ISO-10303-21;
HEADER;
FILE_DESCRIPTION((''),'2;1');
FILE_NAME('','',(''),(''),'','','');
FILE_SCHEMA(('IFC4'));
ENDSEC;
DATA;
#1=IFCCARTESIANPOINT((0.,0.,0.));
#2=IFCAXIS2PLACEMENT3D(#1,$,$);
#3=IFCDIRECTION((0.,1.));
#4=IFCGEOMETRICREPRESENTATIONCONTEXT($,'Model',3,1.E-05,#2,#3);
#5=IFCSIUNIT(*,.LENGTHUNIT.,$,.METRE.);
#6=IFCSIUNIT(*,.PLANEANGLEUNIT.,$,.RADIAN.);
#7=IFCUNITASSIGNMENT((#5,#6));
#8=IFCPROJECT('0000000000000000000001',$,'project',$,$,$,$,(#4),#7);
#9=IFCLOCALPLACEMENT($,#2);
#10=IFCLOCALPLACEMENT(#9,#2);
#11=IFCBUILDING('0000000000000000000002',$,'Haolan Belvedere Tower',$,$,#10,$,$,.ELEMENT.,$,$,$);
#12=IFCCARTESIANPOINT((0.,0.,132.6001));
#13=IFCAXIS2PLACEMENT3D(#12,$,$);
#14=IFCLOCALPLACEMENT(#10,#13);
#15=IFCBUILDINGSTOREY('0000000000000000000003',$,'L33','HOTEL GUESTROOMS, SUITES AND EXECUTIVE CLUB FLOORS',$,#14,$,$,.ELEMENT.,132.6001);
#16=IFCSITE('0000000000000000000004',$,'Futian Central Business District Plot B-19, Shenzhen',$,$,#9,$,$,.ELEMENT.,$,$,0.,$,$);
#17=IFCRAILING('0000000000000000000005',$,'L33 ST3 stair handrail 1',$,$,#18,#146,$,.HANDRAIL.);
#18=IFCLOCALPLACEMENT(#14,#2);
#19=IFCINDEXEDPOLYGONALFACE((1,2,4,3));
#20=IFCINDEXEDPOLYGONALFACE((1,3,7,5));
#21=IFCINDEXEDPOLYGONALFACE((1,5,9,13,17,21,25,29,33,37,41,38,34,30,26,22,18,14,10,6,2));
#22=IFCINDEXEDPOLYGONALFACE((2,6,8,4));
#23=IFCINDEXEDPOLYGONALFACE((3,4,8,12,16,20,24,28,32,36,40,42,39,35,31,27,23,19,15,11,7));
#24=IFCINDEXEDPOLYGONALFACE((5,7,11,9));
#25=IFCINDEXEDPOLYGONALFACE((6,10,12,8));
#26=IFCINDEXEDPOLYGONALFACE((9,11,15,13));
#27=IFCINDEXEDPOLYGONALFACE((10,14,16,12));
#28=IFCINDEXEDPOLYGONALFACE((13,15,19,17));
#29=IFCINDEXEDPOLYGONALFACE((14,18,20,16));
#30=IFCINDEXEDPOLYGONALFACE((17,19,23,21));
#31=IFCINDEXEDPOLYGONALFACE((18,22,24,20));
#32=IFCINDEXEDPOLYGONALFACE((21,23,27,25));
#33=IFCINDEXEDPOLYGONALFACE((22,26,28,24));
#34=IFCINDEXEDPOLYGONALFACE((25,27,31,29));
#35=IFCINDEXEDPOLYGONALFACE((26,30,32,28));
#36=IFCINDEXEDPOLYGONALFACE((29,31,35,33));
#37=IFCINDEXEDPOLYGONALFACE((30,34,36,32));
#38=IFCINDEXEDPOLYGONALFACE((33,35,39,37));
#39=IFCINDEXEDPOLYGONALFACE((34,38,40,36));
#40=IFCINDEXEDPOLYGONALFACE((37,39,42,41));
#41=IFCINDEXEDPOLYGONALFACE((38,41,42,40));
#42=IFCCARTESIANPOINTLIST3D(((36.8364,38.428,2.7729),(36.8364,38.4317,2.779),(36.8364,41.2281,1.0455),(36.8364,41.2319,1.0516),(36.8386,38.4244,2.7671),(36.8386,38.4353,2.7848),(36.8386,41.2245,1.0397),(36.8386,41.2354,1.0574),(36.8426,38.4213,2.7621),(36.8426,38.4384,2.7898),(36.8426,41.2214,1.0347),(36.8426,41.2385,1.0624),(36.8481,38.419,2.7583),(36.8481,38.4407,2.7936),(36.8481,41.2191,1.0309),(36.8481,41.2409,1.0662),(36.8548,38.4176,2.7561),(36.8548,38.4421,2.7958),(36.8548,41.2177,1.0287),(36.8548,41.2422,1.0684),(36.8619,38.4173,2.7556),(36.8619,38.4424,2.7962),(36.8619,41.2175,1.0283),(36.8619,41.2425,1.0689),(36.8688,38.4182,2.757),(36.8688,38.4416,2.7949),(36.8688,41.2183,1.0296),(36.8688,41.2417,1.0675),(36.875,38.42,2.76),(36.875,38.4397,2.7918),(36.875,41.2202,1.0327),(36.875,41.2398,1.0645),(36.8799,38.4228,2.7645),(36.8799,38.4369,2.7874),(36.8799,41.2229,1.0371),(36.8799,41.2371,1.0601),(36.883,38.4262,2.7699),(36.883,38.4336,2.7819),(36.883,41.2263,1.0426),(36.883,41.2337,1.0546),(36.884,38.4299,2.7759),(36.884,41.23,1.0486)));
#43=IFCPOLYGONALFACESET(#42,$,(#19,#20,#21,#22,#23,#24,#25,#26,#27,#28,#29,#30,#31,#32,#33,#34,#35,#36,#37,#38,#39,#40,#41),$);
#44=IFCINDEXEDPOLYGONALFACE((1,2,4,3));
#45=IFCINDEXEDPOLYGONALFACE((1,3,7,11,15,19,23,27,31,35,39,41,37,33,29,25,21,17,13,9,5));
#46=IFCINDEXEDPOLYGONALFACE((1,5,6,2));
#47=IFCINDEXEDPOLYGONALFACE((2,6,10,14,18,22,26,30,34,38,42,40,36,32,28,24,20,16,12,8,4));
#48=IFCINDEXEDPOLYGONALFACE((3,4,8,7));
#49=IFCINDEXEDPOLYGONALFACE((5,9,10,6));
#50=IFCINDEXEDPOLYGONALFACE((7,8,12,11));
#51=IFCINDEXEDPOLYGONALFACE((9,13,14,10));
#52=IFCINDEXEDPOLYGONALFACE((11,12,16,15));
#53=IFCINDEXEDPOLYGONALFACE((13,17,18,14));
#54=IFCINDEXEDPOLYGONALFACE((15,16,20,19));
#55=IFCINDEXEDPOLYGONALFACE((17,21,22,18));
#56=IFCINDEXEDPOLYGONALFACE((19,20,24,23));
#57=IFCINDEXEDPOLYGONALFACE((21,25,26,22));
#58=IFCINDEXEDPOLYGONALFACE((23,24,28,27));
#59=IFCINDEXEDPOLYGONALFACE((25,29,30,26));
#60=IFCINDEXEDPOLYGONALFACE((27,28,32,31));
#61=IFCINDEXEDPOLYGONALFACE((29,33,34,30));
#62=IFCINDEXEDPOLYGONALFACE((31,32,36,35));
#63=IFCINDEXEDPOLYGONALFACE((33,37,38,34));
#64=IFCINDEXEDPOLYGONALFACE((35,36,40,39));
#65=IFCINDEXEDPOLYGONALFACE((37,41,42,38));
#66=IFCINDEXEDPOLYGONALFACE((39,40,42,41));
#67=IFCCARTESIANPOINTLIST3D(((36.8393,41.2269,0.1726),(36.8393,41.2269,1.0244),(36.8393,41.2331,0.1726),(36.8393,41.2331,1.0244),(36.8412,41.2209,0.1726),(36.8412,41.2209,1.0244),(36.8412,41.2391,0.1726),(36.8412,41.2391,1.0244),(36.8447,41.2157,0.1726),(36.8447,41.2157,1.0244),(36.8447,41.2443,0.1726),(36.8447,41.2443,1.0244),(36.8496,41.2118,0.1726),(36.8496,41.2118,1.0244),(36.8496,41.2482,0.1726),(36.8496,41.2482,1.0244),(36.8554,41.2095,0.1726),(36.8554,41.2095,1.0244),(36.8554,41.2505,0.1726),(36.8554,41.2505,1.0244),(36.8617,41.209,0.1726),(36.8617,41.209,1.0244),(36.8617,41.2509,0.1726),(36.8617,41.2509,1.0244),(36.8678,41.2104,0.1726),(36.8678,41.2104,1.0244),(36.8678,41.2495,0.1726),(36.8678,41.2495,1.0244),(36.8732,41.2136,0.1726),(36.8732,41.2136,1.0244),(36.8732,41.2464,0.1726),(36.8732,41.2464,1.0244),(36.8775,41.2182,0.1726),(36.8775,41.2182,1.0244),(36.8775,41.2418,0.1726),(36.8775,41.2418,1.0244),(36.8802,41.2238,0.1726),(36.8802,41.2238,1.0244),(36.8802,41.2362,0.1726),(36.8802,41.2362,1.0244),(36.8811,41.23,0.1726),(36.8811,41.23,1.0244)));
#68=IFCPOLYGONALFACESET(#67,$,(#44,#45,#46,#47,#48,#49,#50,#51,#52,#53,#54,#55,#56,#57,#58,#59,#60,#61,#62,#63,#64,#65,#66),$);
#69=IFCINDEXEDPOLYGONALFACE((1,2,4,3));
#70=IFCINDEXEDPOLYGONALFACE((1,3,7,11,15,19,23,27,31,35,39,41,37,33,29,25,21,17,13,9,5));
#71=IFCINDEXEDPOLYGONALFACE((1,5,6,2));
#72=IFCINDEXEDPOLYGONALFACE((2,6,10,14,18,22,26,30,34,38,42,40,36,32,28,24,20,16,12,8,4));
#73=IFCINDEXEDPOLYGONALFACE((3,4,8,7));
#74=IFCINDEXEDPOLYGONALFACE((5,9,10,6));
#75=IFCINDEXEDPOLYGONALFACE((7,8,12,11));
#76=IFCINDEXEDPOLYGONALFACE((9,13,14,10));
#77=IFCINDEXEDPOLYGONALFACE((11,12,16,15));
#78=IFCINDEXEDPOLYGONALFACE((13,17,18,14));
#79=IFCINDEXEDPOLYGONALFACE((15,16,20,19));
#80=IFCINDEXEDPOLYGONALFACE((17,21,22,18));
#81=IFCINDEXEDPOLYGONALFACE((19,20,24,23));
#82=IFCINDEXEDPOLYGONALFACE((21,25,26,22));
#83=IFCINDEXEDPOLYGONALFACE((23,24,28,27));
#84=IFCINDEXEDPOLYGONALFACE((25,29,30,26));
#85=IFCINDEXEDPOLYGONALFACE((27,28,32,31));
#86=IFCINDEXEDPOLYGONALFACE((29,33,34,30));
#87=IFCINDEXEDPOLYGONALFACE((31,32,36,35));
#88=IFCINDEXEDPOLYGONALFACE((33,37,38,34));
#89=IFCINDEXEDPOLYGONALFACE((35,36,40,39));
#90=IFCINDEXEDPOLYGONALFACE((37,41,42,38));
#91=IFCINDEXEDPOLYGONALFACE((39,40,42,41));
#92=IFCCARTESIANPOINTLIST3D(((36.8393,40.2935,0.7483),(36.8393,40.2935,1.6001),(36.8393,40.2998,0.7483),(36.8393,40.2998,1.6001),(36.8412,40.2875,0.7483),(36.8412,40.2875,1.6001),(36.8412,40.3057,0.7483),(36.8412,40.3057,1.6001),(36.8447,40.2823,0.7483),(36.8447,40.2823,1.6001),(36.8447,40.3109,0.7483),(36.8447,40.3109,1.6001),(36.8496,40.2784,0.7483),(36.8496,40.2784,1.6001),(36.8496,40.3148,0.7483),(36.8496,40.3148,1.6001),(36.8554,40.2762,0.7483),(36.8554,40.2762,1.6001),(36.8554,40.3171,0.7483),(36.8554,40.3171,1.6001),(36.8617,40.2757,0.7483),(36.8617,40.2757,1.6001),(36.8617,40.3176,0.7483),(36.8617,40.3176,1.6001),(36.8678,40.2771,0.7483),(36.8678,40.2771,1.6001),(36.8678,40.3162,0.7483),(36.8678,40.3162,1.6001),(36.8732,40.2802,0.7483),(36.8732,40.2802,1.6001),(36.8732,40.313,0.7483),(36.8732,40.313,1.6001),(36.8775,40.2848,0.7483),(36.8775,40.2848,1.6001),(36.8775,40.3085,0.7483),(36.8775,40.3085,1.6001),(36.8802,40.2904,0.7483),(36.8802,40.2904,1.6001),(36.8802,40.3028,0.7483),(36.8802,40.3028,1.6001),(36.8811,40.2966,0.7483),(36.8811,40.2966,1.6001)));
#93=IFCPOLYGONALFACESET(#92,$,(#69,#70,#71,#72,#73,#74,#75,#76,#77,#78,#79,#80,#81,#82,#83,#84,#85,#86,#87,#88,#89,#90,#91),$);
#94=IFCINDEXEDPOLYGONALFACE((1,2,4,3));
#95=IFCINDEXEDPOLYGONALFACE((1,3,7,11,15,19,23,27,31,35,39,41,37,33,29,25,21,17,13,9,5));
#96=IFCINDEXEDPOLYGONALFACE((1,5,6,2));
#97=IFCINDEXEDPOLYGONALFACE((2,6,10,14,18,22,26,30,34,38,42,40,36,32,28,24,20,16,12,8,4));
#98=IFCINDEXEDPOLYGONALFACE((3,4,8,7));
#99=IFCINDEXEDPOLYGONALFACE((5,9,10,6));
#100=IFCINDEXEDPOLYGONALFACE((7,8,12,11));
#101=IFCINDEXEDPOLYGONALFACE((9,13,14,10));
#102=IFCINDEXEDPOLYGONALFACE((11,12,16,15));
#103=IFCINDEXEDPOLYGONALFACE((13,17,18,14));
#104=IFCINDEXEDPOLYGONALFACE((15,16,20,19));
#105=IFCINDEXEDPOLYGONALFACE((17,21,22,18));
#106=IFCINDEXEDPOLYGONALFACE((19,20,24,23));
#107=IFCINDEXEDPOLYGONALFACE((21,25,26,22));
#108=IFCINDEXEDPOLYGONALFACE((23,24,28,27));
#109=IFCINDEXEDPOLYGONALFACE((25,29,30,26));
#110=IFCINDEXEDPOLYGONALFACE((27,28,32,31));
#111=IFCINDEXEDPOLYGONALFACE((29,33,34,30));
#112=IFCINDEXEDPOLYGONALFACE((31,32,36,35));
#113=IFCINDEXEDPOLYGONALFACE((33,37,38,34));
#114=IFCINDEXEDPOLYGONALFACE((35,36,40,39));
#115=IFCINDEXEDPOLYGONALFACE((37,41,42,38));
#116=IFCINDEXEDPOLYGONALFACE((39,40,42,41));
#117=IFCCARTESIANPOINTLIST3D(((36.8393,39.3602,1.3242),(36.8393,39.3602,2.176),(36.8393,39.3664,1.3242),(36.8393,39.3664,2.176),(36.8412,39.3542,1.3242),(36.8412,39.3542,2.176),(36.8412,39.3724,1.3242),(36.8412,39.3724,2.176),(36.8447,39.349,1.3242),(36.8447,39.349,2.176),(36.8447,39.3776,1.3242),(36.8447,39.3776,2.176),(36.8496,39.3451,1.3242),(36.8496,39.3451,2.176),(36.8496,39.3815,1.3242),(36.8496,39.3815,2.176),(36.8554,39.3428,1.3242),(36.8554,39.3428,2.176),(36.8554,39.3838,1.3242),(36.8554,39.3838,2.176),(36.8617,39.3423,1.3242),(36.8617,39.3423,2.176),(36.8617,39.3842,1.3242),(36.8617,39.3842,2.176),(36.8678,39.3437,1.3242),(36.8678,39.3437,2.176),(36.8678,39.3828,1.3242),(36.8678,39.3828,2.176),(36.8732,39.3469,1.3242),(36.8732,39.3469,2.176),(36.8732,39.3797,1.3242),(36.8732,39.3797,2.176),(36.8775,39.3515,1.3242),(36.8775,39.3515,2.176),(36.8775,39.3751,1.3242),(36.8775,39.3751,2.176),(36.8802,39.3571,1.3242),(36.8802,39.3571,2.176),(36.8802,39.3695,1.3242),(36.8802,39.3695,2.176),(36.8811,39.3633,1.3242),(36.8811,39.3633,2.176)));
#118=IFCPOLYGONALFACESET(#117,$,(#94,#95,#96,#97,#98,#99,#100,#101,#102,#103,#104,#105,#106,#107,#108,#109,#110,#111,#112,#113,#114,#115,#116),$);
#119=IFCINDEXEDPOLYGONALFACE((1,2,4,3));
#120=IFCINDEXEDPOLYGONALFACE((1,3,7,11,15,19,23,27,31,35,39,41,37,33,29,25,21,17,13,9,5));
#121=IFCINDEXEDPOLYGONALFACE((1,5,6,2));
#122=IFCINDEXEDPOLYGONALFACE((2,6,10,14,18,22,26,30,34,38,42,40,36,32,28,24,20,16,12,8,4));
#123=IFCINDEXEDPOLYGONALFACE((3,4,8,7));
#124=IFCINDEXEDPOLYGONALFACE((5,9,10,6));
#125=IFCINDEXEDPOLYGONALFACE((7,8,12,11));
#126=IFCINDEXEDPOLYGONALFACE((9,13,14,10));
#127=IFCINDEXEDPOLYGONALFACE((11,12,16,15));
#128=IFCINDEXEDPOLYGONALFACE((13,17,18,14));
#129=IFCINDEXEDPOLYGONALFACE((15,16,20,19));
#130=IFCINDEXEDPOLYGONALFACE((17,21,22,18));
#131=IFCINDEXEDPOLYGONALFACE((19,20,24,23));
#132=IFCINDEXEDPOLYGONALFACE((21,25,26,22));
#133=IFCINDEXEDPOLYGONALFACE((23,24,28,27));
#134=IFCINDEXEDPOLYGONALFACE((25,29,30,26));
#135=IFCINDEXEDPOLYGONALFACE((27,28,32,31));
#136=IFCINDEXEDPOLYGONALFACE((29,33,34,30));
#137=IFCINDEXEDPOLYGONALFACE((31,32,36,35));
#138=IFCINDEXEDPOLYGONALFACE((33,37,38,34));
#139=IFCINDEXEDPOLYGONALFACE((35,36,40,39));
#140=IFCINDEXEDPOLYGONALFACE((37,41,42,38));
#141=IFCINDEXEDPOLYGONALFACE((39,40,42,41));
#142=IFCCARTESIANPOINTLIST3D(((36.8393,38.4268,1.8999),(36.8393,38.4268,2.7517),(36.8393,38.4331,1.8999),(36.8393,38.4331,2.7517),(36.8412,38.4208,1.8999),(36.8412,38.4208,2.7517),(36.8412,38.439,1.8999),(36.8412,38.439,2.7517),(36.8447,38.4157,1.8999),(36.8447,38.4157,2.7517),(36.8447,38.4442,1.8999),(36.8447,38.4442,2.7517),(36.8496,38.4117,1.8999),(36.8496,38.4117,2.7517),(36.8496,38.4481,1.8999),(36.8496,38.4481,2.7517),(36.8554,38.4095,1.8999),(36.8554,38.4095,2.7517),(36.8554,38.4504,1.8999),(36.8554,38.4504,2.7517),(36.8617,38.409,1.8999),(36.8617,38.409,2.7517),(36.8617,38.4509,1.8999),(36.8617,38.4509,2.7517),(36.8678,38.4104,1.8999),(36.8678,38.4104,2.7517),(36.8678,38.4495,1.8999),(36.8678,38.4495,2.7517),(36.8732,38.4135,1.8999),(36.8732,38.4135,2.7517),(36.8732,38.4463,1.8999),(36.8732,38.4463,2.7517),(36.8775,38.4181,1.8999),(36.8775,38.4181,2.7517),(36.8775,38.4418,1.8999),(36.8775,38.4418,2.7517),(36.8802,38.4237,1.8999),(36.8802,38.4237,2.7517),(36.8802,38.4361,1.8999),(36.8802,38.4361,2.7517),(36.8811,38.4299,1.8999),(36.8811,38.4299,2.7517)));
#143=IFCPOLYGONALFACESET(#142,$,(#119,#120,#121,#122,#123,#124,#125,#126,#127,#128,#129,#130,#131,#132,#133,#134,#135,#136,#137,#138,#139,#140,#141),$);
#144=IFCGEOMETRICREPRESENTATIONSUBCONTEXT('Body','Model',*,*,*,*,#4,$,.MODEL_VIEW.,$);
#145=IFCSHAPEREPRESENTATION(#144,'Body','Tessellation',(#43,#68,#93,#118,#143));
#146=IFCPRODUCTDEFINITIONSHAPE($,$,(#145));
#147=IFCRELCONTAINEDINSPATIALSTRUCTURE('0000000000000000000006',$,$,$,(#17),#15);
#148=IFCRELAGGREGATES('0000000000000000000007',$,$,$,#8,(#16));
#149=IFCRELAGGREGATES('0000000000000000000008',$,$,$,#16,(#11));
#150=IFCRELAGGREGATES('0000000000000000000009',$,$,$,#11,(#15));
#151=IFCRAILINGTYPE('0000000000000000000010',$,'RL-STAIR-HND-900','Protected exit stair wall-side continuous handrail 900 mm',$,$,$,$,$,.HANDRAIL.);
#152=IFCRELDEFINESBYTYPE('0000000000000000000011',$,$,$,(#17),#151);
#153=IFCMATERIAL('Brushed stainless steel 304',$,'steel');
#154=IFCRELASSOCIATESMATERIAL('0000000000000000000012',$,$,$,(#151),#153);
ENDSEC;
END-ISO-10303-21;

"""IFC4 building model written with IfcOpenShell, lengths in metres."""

from ifc_helpers import new_model, si_unit, direction, frame, origin, origin_2d, place, context, subcontext, project, spatial, circle, extrude, material, type_object, element, save


model = new_model("IFC4")

# Units and contexts
model_context = context("Model", 3, precision=1e-05, world=origin(), true_north=direction((0.0, 1.0)))
body_context = subcontext(model_context, "Body", "Model", "MODEL_VIEW")
ifc_project = project(units=[si_unit("LENGTHUNIT", "METRE"), si_unit("PLANEANGLEUNIT", "RADIAN")], contexts=[model_context])

# Site, building, storey
site_placement = place(None, origin())
site = spatial("IfcSite", under=ifc_project, at=site_placement, Name="Futian Central Business District Plot B-19, Shenzhen", CompositionType="ELEMENT", RefElevation=0.0)
building_placement = place(site_placement, origin())
building = spatial("IfcBuilding", under=site, at=building_placement, Name="Haolan Belvedere Tower", CompositionType="ELEMENT")
storey_placement = place(building_placement, frame((0.0, 0.0, 132.6001)))
storey = spatial("IfcBuildingStorey", under=building, at=storey_placement, Name="L33", Description="HOTEL GUESTROOMS, SUITES AND EXECUTIVE CLUB FLOORS", CompositionType="ELEMENT", Elevation=132.6001)

# Railing
ifc_material_1 = material(Name="Brushed stainless steel 304", Category="steel")
railing_type_1 = type_object("IfcRailingType", Name="RL-STAIR-HND-900", Description="Protected exit stair wall-side continuous handrail 900 mm", PredefinedType="HANDRAIL", material=ifc_material_1)
railing_1_placement = place(storey_placement, frame((36.8601, 41.23, 0.1726)))
element("IfcRailing", 1, at=railing_1_placement, inside=storey, type_object=railing_type_1, Name="L33 ST3 stair handrail 1", PredefinedType="HANDRAIL", context=body_context, shape_type="SweptSolid", body=[
    extrude(circle(Radius=0.0239, at=origin_2d()), frame((0.0, 0.0, 0.876), z_axis=(0.0, -0.85109, 0.52502), x_axis=(1.0, 0.0, 0.0)), (0.0, 0.0, 1.0), 3.29),
    extrude(circle(Radius=0.021, at=origin_2d()), origin(), (0.0, 0.0, 1.0), 0.8518),
    extrude(circle(Radius=0.021, at=origin_2d()), frame((0.0, -0.9333, 0.5757)), (0.0, 0.0, 1.0), 0.8518),
    extrude(circle(Radius=0.021, at=origin_2d()), frame((0.0, -1.8667, 1.1516)), (0.0, 0.0, 1.0), 0.8518),
    extrude(circle(Radius=0.021, at=origin_2d()), frame((0.0, -2.8, 1.7273)), (0.0, 0.0, 1.0), 0.8518),
])

save(model, "model.ifc")
